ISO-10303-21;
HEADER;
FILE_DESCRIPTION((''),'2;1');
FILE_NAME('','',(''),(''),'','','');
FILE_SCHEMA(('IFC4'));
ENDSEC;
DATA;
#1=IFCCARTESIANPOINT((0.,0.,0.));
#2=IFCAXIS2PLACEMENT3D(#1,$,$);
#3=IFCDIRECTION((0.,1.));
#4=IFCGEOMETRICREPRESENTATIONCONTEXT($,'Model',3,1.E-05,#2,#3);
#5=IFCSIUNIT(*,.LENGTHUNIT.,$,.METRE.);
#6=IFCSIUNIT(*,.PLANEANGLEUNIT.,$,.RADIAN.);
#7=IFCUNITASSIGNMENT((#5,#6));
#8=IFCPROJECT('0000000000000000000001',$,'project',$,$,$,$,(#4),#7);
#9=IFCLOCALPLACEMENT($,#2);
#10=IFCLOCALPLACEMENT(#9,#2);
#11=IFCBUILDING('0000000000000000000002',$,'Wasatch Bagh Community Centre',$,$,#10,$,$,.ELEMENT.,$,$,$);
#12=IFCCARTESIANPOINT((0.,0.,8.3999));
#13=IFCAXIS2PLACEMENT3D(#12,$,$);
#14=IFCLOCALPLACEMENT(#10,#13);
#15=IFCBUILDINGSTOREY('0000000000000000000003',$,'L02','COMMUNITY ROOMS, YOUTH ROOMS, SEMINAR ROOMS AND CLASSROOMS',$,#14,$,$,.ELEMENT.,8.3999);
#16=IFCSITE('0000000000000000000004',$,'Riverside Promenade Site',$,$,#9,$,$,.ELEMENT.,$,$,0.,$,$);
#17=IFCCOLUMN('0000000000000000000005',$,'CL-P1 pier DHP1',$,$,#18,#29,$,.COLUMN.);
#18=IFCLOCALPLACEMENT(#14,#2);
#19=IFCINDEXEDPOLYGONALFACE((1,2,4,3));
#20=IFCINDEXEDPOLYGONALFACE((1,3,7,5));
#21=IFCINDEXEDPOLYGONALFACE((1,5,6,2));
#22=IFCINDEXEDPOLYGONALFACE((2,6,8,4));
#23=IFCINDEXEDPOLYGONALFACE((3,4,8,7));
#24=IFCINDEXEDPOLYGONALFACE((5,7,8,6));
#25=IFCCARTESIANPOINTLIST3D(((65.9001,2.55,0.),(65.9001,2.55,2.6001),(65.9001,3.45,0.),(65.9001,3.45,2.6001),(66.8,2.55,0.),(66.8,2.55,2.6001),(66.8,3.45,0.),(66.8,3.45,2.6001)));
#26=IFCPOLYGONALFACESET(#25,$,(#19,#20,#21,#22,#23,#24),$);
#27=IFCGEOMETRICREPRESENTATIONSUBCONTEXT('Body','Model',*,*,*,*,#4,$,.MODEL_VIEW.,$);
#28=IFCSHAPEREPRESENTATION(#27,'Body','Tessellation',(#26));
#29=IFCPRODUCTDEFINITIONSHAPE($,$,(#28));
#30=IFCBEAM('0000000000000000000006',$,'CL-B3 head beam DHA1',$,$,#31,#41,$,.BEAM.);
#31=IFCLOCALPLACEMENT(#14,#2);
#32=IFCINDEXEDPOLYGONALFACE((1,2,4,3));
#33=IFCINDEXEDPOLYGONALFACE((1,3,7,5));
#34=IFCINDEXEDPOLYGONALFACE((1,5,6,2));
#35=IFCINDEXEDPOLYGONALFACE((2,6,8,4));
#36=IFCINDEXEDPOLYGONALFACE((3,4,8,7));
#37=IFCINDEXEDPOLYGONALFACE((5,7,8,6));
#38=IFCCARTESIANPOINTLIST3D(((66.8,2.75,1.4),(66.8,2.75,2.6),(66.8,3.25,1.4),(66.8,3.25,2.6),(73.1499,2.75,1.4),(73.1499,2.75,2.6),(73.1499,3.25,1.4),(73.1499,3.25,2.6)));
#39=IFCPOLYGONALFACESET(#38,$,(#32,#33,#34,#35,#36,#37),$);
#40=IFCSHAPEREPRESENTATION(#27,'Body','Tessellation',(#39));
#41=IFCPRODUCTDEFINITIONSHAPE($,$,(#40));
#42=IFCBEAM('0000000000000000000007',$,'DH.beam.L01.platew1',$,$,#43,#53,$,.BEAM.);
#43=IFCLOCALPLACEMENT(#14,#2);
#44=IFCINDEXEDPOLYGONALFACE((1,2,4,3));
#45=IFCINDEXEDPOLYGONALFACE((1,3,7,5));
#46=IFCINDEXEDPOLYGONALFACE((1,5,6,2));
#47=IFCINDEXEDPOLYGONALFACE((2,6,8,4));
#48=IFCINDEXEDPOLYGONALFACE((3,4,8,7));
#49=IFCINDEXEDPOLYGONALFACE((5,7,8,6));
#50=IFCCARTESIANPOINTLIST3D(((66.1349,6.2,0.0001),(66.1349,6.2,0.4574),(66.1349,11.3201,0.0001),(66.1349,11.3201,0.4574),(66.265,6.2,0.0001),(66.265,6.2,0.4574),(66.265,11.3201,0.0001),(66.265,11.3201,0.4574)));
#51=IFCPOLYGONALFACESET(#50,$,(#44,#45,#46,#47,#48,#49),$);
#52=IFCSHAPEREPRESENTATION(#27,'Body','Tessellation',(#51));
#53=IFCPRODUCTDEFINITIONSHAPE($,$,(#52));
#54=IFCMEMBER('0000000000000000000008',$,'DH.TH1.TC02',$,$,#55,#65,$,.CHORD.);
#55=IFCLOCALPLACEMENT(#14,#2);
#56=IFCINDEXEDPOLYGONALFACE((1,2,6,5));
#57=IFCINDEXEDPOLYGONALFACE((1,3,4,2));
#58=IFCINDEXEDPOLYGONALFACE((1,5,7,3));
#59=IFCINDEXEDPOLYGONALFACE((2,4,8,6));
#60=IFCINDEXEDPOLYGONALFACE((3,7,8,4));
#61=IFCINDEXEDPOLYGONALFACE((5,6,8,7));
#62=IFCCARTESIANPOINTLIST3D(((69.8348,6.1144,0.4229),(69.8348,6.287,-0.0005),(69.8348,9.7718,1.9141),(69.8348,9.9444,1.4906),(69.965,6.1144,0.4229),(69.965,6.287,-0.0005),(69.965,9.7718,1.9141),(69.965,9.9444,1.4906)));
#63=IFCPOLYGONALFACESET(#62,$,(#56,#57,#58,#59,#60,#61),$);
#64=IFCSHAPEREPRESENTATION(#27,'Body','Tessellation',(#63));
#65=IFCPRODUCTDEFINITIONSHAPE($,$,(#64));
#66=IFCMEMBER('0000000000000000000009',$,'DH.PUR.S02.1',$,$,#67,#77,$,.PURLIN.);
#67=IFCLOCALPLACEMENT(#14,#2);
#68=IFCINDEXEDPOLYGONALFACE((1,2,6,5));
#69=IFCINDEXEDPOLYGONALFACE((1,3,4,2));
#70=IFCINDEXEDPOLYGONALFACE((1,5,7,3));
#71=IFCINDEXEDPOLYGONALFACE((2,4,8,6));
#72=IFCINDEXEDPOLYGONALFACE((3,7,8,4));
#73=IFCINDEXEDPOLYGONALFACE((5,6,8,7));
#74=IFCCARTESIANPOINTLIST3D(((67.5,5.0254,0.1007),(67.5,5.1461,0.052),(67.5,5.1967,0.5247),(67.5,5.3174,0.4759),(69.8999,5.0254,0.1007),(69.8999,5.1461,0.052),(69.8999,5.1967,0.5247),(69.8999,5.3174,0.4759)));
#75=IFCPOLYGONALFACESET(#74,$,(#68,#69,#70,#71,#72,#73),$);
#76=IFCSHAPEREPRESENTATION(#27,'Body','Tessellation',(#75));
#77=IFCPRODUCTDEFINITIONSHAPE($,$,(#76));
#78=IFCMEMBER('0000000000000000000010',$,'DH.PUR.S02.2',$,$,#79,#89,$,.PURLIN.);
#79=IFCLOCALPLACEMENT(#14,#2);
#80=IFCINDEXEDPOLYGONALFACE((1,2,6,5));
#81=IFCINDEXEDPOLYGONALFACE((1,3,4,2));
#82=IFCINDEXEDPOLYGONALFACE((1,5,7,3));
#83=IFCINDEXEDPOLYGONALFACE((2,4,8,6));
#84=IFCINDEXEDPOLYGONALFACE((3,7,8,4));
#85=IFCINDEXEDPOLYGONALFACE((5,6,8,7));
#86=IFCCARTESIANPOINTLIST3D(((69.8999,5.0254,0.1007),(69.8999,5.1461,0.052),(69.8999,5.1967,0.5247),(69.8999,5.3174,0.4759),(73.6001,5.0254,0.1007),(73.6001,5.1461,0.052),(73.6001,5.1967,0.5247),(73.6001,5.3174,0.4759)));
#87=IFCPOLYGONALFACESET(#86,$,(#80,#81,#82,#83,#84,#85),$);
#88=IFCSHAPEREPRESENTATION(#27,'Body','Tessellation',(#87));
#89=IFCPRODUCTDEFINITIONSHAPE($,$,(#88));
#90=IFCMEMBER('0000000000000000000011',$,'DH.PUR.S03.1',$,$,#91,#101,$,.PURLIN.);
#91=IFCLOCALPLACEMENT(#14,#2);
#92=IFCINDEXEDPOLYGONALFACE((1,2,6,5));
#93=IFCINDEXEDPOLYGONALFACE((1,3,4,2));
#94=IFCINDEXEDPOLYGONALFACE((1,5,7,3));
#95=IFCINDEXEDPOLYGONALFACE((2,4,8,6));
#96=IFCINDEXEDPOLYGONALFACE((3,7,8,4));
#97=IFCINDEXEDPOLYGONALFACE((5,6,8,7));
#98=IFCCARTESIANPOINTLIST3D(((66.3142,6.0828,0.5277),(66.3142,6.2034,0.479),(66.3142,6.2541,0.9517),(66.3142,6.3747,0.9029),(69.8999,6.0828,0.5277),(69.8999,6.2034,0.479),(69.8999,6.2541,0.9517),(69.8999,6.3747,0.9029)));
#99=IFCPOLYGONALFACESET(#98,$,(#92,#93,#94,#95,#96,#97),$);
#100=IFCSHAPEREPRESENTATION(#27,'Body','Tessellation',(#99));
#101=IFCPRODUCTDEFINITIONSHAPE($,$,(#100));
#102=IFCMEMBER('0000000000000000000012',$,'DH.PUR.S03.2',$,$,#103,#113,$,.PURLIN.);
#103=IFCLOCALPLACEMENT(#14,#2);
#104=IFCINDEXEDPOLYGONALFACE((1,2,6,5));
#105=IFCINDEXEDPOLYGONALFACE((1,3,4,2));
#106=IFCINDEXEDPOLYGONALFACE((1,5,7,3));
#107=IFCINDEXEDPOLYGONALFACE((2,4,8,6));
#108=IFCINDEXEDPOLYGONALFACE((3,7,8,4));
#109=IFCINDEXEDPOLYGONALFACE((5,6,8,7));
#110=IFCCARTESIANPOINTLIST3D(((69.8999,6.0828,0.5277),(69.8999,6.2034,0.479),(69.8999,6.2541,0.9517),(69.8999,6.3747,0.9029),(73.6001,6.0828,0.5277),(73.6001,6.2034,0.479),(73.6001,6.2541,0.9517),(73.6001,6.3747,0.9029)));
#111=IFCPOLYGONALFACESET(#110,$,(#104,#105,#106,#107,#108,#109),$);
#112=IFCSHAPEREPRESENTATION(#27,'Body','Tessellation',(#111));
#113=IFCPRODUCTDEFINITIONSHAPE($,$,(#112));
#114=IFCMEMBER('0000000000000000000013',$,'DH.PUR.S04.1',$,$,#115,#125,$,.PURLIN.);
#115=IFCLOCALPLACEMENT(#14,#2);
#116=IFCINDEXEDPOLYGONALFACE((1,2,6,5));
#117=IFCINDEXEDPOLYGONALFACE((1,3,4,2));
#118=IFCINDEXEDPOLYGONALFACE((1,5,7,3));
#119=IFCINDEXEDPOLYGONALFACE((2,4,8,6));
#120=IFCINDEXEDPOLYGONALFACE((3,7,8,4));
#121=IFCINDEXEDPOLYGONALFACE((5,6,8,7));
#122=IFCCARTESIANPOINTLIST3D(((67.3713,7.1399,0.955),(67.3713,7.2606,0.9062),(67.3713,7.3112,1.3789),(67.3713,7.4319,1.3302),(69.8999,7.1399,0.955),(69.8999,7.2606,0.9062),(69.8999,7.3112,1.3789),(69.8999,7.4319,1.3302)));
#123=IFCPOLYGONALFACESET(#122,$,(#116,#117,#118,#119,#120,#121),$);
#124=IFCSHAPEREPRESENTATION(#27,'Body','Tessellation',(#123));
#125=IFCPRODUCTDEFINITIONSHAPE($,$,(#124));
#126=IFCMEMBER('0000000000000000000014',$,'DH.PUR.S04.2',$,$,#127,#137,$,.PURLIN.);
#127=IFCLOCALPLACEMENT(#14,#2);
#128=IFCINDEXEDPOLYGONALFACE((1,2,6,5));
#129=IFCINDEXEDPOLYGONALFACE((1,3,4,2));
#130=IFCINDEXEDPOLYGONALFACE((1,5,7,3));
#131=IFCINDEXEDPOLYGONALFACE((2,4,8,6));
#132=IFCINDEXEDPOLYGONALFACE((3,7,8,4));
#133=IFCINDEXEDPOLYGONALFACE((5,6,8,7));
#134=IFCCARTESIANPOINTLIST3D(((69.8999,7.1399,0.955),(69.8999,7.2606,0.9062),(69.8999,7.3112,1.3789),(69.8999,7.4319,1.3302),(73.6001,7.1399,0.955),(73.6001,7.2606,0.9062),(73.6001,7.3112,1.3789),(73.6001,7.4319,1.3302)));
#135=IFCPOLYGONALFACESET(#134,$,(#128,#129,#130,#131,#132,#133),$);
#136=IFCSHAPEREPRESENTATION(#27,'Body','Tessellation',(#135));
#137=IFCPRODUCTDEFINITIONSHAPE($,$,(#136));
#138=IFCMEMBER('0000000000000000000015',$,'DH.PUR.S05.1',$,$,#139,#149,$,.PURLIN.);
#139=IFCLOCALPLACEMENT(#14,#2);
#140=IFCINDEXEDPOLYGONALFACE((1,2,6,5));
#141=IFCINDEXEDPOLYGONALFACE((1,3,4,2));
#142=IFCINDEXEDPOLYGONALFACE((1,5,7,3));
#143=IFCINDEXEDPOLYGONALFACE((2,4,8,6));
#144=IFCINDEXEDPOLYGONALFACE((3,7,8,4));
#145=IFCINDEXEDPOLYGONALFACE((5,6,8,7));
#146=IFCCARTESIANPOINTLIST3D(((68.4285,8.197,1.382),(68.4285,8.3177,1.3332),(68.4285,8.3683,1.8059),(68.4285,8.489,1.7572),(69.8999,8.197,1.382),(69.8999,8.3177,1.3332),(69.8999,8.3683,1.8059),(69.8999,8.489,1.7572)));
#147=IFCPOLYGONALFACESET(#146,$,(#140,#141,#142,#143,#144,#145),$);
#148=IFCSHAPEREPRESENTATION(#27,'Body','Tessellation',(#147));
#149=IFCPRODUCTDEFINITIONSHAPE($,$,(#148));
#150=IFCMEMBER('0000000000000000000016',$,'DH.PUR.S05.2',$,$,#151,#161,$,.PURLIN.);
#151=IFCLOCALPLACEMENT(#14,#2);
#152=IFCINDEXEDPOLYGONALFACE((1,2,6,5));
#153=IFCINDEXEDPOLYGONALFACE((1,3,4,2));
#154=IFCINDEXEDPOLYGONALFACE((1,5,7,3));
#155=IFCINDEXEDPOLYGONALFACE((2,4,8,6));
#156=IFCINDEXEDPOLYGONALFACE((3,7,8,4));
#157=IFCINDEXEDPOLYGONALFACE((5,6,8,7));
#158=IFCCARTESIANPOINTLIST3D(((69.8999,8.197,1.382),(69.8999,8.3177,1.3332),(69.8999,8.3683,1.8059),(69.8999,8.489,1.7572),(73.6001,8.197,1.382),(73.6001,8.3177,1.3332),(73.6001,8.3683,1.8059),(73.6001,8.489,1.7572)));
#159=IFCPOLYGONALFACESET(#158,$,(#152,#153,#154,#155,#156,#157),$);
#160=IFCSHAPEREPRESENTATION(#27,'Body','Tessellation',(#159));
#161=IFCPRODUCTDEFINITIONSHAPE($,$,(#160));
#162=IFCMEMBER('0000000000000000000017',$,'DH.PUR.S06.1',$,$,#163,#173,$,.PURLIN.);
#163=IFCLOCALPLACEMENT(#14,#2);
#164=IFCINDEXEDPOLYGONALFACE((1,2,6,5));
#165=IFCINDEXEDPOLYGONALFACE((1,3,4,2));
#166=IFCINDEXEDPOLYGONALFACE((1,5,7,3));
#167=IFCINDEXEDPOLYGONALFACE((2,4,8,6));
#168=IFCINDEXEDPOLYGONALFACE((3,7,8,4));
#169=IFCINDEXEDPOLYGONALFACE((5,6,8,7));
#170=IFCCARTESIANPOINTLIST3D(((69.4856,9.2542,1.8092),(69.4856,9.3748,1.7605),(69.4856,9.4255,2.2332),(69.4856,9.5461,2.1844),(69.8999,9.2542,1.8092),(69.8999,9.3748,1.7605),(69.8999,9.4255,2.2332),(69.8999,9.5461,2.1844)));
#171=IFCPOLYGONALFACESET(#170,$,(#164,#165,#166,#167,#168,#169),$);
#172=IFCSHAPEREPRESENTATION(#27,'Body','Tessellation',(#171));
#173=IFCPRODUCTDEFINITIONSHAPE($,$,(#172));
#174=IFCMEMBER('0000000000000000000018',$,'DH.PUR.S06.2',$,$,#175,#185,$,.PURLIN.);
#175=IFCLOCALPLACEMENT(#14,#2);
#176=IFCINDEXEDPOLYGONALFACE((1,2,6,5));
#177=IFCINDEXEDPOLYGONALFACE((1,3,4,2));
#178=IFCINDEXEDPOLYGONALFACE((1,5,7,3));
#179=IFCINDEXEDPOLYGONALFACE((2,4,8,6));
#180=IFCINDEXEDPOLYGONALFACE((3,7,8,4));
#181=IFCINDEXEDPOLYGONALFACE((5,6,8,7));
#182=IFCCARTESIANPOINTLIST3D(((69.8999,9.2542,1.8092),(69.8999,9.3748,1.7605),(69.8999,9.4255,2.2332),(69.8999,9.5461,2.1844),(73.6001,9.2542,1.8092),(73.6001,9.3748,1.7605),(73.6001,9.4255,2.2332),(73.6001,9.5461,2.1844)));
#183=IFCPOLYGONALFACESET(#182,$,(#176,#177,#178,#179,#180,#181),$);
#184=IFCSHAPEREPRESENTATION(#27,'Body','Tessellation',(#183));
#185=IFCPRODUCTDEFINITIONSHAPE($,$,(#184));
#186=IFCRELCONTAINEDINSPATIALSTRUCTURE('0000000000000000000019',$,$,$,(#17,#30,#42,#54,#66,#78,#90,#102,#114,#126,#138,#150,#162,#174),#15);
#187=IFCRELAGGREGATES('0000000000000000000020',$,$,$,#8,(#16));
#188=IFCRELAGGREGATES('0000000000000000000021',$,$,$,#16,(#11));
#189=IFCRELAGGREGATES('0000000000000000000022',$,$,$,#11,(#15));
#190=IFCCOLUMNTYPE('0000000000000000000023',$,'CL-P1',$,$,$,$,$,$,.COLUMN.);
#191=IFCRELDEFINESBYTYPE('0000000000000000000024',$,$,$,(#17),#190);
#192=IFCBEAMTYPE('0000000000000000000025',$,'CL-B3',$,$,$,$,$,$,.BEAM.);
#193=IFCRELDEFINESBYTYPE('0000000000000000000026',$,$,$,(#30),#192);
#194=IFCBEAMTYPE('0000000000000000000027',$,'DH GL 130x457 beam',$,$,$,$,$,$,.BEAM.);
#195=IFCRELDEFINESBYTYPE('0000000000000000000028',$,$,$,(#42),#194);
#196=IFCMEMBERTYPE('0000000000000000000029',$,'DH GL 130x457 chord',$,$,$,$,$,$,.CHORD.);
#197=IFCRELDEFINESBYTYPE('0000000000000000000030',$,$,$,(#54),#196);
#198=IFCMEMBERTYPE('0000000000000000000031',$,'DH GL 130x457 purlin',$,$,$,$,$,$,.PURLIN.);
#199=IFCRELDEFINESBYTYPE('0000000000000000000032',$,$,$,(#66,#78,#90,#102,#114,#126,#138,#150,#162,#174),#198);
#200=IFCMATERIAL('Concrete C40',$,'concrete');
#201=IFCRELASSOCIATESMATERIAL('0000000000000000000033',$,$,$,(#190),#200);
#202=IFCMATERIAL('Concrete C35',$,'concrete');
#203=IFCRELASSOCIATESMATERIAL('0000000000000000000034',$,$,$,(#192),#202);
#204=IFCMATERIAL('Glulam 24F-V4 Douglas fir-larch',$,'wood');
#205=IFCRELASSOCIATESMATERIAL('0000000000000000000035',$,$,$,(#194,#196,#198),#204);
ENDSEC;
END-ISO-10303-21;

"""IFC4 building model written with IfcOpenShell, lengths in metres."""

from ifc_helpers import new_model, si_unit, direction, frame, origin, origin_2d, place, context, subcontext, project, spatial, rectangle, extrude, material, material_profile, profile_set, type_object, element, save


model = new_model("IFC4")

# Units and contexts
model_context = context("Model", 3, precision=1e-05, world=origin(), true_north=direction((0.0, 1.0)))
body_context = subcontext(model_context, "Body", "Model", "MODEL_VIEW")
ifc_project = project(units=[si_unit("LENGTHUNIT", "METRE"), si_unit("PLANEANGLEUNIT", "RADIAN")], contexts=[model_context])

# Site, building, storey
site_placement = place(None, origin())
site = spatial("IfcSite", under=ifc_project, at=site_placement, Name="Riverside Promenade Site", CompositionType="ELEMENT", RefElevation=0.0)
building_placement = place(site_placement, origin())
building = spatial("IfcBuilding", under=site, at=building_placement, Name="Wasatch Bagh Community Centre", CompositionType="ELEMENT")
storey_placement = place(building_placement, frame((0.0, 0.0, 8.3999)))
storey = spatial("IfcBuildingStorey", under=building, at=storey_placement, Name="L02", Description="COMMUNITY ROOMS, YOUTH ROOMS, SEMINAR ROOMS AND CLASSROOMS", CompositionType="ELEMENT", Elevation=8.3999)

# Column
ifc_material_1 = material(Name="Concrete C40", Category="concrete")
ifc_material_profile_1 = material_profile(ifc_material_1, rectangle(XDim=0.8999, YDim=0.8999, at=origin_2d()), Name="RC 900x900")
ifc_profile_set_1 = profile_set([ifc_material_profile_1], Name="Concrete C40")
column_type = type_object("IfcColumnType", Name="CL-P1", PredefinedType="COLUMN", material=ifc_profile_set_1)
column_placement = place(storey_placement, frame((66.3501, 3.0, 0.0), z_axis=(0.0, 0.0, 1.0), x_axis=(1.0, 0.0, 0.0)))
element("IfcColumn", 1, at=column_placement, inside=storey, type_object=column_type, Name="CL-P1 pier DHP1", PredefinedType="COLUMN", context=body_context, shape_type="SweptSolid", body=[
    extrude(rectangle(XDim=0.8999, YDim=0.8999, at=origin_2d()), origin(), (0.0, 0.0, 1.0), 2.6001),
])

# Beams
ifc_material_2 = material(Name="Concrete C35", Category="concrete")
ifc_material_profile_2 = material_profile(ifc_material_2, rectangle(XDim=0.5, YDim=1.2, at=origin_2d()), Name="RC 500x1200")
ifc_profile_set_2 = profile_set([ifc_material_profile_2], Name="Concrete C35")
beam_type_1 = type_object("IfcBeamType", Name="CL-B3", PredefinedType="BEAM", material=ifc_profile_set_2)
beam_1_placement = place(storey_placement, frame((66.8, 3.0, 2.0), z_axis=(1.0, 0.0, 0.0), x_axis=(0.0, 1.0, 0.0)))
element("IfcBeam", 2, at=beam_1_placement, inside=storey, type_object=beam_type_1, Name="CL-B3 head beam DHA1", PredefinedType="BEAM", context=body_context, shape_type="SweptSolid", body=[
    extrude(rectangle(XDim=0.5, YDim=1.2, at=origin_2d()), origin(), (0.0, 0.0, 1.0), 6.3499),
])
ifc_material_3 = material(Name="Glulam 24F-V4 Douglas fir-larch", Category="wood")
ifc_material_profile_3 = material_profile(ifc_material_3, rectangle(XDim=0.1301, YDim=0.4573, at=origin_2d()), Name="GL 130x457")
ifc_profile_set_3 = profile_set([ifc_material_profile_3], Name="Glulam 24F-V4 Douglas fir-larch")
beam_type_2 = type_object("IfcBeamType", Name="DH GL 130x457 beam", PredefinedType="BEAM", material=ifc_profile_set_3)
beam_2_placement = place(storey_placement, frame((66.2, 6.2, 0.2288), z_axis=(0.0, 1.0, 0.0), x_axis=(-1.0, 0.0, 0.0)))
element("IfcBeam", 3, at=beam_2_placement, inside=storey, type_object=beam_type_2, Name="DH.beam.L01.platew1", PredefinedType="BEAM", context=body_context, shape_type="SweptSolid", body=[
    extrude(rectangle(XDim=0.1301, YDim=0.4573, at=origin_2d()), origin(), (0.0, 0.0, 1.0), 5.1201),
])

# Members
ifc_material_profile_4 = material_profile(ifc_material_3, rectangle(XDim=0.1301, YDim=0.4573, at=origin_2d()), Name="GL 130x457")
ifc_profile_set_4 = profile_set([ifc_material_profile_4], Name="Glulam 24F-V4 Douglas fir-larch")
member_type_1 = type_object("IfcMemberType", Name="DH GL 130x457 chord", PredefinedType="CHORD", material=ifc_profile_set_4)
member_1_placement = place(storey_placement, frame((69.8999, 6.2007, 0.2112), z_axis=(0.0, 0.925992, 0.377542), x_axis=(-1.0, 0.0, 0.0)))
element("IfcMember", 4, at=member_1_placement, inside=storey, type_object=member_type_1, Name="DH.TH1.TC02", PredefinedType="CHORD", context=body_context, shape_type="SweptSolid", body=[
    extrude(rectangle(XDim=0.1301, YDim=0.4573, at=origin_2d()), origin(), (0.0, 0.0, 1.0), 3.9497),
])
ifc_material_profile_5 = material_profile(ifc_material_3, rectangle(XDim=0.1301, YDim=0.4573, at=origin_2d()), Name="GL 130x457")
ifc_profile_set_5 = profile_set([ifc_material_profile_5], Name="Glulam 24F-V4 Douglas fir-larch")
member_type_2 = type_object("IfcMemberType", Name="DH GL 130x457 purlin", PredefinedType="PURLIN", material=ifc_profile_set_5)
member_2_placement = place(storey_placement, frame((67.5, 5.1714, 0.2883), z_axis=(1.0, 0.0, 0.0), x_axis=(0.0, 0.927184, -0.374607)))
element("IfcMember", 5, at=member_2_placement, inside=storey, type_object=member_type_2, Name="DH.PUR.S02.1", PredefinedType="PURLIN", context=body_context, shape_type="SweptSolid", body=[
    extrude(rectangle(XDim=0.1301, YDim=0.4573, at=origin_2d()), origin(), (0.0, 0.0, 1.0), 2.3999),
])
member_3_placement = place(storey_placement, frame((69.8999, 5.1714, 0.2883), z_axis=(1.0, 0.0, 0.0), x_axis=(0.0, 0.927184, -0.374607)))
element("IfcMember", 6, at=member_3_placement, inside=storey, type_object=member_type_2, Name="DH.PUR.S02.2", PredefinedType="PURLIN", context=body_context, shape_type="SweptSolid", body=[
    extrude(rectangle(XDim=0.1301, YDim=0.4573, at=origin_2d()), origin(), (0.0, 0.0, 1.0), 3.7002),
])
member_4_placement = place(storey_placement, frame((66.3142, 6.2288, 0.7153), z_axis=(1.0, 0.0, 0.0), x_axis=(0.0, 0.927184, -0.374607)))
element("IfcMember", 7, at=member_4_placement, inside=storey, type_object=member_type_2, Name="DH.PUR.S03.1", PredefinedType="PURLIN", context=body_context, shape_type="SweptSolid", body=[
    extrude(rectangle(XDim=0.1301, YDim=0.4573, at=origin_2d()), origin(), (0.0, 0.0, 1.0), 3.5857),
])
member_5_placement = place(storey_placement, frame((69.8999, 6.2288, 0.7153), z_axis=(1.0, 0.0, 0.0), x_axis=(0.0, 0.927184, -0.374607)))
element("IfcMember", 8, at=member_5_placement, inside=storey, type_object=member_type_2, Name="DH.PUR.S03.2", PredefinedType="PURLIN", context=body_context, shape_type="SweptSolid", body=[
    extrude(rectangle(XDim=0.1301, YDim=0.4573, at=origin_2d()), origin(), (0.0, 0.0, 1.0), 3.7002),
])
member_6_placement = place(storey_placement, frame((67.3713, 7.2859, 1.1426), z_axis=(1.0, 0.0, 0.0), x_axis=(0.0, 0.927184, -0.374607)))
element("IfcMember", 9, at=member_6_placement, inside=storey, type_object=member_type_2, Name="DH.PUR.S04.1", PredefinedType="PURLIN", context=body_context, shape_type="SweptSolid", body=[
    extrude(rectangle(XDim=0.1301, YDim=0.4573, at=origin_2d()), origin(), (0.0, 0.0, 1.0), 2.5286),
])
member_7_placement = place(storey_placement, frame((69.8999, 7.2859, 1.1426), z_axis=(1.0, 0.0, 0.0), x_axis=(0.0, 0.927184, -0.374607)))
element("IfcMember", 10, at=member_7_placement, inside=storey, type_object=member_type_2, Name="DH.PUR.S04.2", PredefinedType="PURLIN", context=body_context, shape_type="SweptSolid", body=[
    extrude(rectangle(XDim=0.1301, YDim=0.4573, at=origin_2d()), origin(), (0.0, 0.0, 1.0), 3.7002),
])
member_8_placement = place(storey_placement, frame((68.4285, 8.343, 1.5696), z_axis=(1.0, 0.0, 0.0), x_axis=(0.0, 0.927184, -0.374607)))
element("IfcMember", 11, at=member_8_placement, inside=storey, type_object=member_type_2, Name="DH.PUR.S05.1", PredefinedType="PURLIN", context=body_context, shape_type="SweptSolid", body=[
    extrude(rectangle(XDim=0.1301, YDim=0.4573, at=origin_2d()), origin(), (0.0, 0.0, 1.0), 1.4714),
])
member_9_placement = place(storey_placement, frame((69.8999, 8.343, 1.5696), z_axis=(1.0, 0.0, 0.0), x_axis=(0.0, 0.927184, -0.374607)))
element("IfcMember", 12, at=member_9_placement, inside=storey, type_object=member_type_2, Name="DH.PUR.S05.2", PredefinedType="PURLIN", context=body_context, shape_type="SweptSolid", body=[
    extrude(rectangle(XDim=0.1301, YDim=0.4573, at=origin_2d()), origin(), (0.0, 0.0, 1.0), 3.7002),
])
member_10_placement = place(storey_placement, frame((69.4856, 9.4001, 1.9968), z_axis=(1.0, 0.0, 0.0), x_axis=(0.0, 0.927184, -0.374607)))
element("IfcMember", 13, at=member_10_placement, inside=storey, type_object=member_type_2, Name="DH.PUR.S06.1", PredefinedType="PURLIN", context=body_context, shape_type="SweptSolid", body=[
    extrude(rectangle(XDim=0.1301, YDim=0.4573, at=origin_2d()), origin(), (0.0, 0.0, 1.0), 0.4143),
])
member_11_placement = place(storey_placement, frame((69.8999, 9.4001, 1.9968), z_axis=(1.0, 0.0, 0.0), x_axis=(0.0, 0.927184, -0.374607)))
element("IfcMember", 14, at=member_11_placement, inside=storey, type_object=member_type_2, Name="DH.PUR.S06.2", PredefinedType="PURLIN", context=body_context, shape_type="SweptSolid", body=[
    extrude(rectangle(XDim=0.1301, YDim=0.4573, at=origin_2d()), origin(), (0.0, 0.0, 1.0), 3.7002),
])

save(model, "model.ifc")
